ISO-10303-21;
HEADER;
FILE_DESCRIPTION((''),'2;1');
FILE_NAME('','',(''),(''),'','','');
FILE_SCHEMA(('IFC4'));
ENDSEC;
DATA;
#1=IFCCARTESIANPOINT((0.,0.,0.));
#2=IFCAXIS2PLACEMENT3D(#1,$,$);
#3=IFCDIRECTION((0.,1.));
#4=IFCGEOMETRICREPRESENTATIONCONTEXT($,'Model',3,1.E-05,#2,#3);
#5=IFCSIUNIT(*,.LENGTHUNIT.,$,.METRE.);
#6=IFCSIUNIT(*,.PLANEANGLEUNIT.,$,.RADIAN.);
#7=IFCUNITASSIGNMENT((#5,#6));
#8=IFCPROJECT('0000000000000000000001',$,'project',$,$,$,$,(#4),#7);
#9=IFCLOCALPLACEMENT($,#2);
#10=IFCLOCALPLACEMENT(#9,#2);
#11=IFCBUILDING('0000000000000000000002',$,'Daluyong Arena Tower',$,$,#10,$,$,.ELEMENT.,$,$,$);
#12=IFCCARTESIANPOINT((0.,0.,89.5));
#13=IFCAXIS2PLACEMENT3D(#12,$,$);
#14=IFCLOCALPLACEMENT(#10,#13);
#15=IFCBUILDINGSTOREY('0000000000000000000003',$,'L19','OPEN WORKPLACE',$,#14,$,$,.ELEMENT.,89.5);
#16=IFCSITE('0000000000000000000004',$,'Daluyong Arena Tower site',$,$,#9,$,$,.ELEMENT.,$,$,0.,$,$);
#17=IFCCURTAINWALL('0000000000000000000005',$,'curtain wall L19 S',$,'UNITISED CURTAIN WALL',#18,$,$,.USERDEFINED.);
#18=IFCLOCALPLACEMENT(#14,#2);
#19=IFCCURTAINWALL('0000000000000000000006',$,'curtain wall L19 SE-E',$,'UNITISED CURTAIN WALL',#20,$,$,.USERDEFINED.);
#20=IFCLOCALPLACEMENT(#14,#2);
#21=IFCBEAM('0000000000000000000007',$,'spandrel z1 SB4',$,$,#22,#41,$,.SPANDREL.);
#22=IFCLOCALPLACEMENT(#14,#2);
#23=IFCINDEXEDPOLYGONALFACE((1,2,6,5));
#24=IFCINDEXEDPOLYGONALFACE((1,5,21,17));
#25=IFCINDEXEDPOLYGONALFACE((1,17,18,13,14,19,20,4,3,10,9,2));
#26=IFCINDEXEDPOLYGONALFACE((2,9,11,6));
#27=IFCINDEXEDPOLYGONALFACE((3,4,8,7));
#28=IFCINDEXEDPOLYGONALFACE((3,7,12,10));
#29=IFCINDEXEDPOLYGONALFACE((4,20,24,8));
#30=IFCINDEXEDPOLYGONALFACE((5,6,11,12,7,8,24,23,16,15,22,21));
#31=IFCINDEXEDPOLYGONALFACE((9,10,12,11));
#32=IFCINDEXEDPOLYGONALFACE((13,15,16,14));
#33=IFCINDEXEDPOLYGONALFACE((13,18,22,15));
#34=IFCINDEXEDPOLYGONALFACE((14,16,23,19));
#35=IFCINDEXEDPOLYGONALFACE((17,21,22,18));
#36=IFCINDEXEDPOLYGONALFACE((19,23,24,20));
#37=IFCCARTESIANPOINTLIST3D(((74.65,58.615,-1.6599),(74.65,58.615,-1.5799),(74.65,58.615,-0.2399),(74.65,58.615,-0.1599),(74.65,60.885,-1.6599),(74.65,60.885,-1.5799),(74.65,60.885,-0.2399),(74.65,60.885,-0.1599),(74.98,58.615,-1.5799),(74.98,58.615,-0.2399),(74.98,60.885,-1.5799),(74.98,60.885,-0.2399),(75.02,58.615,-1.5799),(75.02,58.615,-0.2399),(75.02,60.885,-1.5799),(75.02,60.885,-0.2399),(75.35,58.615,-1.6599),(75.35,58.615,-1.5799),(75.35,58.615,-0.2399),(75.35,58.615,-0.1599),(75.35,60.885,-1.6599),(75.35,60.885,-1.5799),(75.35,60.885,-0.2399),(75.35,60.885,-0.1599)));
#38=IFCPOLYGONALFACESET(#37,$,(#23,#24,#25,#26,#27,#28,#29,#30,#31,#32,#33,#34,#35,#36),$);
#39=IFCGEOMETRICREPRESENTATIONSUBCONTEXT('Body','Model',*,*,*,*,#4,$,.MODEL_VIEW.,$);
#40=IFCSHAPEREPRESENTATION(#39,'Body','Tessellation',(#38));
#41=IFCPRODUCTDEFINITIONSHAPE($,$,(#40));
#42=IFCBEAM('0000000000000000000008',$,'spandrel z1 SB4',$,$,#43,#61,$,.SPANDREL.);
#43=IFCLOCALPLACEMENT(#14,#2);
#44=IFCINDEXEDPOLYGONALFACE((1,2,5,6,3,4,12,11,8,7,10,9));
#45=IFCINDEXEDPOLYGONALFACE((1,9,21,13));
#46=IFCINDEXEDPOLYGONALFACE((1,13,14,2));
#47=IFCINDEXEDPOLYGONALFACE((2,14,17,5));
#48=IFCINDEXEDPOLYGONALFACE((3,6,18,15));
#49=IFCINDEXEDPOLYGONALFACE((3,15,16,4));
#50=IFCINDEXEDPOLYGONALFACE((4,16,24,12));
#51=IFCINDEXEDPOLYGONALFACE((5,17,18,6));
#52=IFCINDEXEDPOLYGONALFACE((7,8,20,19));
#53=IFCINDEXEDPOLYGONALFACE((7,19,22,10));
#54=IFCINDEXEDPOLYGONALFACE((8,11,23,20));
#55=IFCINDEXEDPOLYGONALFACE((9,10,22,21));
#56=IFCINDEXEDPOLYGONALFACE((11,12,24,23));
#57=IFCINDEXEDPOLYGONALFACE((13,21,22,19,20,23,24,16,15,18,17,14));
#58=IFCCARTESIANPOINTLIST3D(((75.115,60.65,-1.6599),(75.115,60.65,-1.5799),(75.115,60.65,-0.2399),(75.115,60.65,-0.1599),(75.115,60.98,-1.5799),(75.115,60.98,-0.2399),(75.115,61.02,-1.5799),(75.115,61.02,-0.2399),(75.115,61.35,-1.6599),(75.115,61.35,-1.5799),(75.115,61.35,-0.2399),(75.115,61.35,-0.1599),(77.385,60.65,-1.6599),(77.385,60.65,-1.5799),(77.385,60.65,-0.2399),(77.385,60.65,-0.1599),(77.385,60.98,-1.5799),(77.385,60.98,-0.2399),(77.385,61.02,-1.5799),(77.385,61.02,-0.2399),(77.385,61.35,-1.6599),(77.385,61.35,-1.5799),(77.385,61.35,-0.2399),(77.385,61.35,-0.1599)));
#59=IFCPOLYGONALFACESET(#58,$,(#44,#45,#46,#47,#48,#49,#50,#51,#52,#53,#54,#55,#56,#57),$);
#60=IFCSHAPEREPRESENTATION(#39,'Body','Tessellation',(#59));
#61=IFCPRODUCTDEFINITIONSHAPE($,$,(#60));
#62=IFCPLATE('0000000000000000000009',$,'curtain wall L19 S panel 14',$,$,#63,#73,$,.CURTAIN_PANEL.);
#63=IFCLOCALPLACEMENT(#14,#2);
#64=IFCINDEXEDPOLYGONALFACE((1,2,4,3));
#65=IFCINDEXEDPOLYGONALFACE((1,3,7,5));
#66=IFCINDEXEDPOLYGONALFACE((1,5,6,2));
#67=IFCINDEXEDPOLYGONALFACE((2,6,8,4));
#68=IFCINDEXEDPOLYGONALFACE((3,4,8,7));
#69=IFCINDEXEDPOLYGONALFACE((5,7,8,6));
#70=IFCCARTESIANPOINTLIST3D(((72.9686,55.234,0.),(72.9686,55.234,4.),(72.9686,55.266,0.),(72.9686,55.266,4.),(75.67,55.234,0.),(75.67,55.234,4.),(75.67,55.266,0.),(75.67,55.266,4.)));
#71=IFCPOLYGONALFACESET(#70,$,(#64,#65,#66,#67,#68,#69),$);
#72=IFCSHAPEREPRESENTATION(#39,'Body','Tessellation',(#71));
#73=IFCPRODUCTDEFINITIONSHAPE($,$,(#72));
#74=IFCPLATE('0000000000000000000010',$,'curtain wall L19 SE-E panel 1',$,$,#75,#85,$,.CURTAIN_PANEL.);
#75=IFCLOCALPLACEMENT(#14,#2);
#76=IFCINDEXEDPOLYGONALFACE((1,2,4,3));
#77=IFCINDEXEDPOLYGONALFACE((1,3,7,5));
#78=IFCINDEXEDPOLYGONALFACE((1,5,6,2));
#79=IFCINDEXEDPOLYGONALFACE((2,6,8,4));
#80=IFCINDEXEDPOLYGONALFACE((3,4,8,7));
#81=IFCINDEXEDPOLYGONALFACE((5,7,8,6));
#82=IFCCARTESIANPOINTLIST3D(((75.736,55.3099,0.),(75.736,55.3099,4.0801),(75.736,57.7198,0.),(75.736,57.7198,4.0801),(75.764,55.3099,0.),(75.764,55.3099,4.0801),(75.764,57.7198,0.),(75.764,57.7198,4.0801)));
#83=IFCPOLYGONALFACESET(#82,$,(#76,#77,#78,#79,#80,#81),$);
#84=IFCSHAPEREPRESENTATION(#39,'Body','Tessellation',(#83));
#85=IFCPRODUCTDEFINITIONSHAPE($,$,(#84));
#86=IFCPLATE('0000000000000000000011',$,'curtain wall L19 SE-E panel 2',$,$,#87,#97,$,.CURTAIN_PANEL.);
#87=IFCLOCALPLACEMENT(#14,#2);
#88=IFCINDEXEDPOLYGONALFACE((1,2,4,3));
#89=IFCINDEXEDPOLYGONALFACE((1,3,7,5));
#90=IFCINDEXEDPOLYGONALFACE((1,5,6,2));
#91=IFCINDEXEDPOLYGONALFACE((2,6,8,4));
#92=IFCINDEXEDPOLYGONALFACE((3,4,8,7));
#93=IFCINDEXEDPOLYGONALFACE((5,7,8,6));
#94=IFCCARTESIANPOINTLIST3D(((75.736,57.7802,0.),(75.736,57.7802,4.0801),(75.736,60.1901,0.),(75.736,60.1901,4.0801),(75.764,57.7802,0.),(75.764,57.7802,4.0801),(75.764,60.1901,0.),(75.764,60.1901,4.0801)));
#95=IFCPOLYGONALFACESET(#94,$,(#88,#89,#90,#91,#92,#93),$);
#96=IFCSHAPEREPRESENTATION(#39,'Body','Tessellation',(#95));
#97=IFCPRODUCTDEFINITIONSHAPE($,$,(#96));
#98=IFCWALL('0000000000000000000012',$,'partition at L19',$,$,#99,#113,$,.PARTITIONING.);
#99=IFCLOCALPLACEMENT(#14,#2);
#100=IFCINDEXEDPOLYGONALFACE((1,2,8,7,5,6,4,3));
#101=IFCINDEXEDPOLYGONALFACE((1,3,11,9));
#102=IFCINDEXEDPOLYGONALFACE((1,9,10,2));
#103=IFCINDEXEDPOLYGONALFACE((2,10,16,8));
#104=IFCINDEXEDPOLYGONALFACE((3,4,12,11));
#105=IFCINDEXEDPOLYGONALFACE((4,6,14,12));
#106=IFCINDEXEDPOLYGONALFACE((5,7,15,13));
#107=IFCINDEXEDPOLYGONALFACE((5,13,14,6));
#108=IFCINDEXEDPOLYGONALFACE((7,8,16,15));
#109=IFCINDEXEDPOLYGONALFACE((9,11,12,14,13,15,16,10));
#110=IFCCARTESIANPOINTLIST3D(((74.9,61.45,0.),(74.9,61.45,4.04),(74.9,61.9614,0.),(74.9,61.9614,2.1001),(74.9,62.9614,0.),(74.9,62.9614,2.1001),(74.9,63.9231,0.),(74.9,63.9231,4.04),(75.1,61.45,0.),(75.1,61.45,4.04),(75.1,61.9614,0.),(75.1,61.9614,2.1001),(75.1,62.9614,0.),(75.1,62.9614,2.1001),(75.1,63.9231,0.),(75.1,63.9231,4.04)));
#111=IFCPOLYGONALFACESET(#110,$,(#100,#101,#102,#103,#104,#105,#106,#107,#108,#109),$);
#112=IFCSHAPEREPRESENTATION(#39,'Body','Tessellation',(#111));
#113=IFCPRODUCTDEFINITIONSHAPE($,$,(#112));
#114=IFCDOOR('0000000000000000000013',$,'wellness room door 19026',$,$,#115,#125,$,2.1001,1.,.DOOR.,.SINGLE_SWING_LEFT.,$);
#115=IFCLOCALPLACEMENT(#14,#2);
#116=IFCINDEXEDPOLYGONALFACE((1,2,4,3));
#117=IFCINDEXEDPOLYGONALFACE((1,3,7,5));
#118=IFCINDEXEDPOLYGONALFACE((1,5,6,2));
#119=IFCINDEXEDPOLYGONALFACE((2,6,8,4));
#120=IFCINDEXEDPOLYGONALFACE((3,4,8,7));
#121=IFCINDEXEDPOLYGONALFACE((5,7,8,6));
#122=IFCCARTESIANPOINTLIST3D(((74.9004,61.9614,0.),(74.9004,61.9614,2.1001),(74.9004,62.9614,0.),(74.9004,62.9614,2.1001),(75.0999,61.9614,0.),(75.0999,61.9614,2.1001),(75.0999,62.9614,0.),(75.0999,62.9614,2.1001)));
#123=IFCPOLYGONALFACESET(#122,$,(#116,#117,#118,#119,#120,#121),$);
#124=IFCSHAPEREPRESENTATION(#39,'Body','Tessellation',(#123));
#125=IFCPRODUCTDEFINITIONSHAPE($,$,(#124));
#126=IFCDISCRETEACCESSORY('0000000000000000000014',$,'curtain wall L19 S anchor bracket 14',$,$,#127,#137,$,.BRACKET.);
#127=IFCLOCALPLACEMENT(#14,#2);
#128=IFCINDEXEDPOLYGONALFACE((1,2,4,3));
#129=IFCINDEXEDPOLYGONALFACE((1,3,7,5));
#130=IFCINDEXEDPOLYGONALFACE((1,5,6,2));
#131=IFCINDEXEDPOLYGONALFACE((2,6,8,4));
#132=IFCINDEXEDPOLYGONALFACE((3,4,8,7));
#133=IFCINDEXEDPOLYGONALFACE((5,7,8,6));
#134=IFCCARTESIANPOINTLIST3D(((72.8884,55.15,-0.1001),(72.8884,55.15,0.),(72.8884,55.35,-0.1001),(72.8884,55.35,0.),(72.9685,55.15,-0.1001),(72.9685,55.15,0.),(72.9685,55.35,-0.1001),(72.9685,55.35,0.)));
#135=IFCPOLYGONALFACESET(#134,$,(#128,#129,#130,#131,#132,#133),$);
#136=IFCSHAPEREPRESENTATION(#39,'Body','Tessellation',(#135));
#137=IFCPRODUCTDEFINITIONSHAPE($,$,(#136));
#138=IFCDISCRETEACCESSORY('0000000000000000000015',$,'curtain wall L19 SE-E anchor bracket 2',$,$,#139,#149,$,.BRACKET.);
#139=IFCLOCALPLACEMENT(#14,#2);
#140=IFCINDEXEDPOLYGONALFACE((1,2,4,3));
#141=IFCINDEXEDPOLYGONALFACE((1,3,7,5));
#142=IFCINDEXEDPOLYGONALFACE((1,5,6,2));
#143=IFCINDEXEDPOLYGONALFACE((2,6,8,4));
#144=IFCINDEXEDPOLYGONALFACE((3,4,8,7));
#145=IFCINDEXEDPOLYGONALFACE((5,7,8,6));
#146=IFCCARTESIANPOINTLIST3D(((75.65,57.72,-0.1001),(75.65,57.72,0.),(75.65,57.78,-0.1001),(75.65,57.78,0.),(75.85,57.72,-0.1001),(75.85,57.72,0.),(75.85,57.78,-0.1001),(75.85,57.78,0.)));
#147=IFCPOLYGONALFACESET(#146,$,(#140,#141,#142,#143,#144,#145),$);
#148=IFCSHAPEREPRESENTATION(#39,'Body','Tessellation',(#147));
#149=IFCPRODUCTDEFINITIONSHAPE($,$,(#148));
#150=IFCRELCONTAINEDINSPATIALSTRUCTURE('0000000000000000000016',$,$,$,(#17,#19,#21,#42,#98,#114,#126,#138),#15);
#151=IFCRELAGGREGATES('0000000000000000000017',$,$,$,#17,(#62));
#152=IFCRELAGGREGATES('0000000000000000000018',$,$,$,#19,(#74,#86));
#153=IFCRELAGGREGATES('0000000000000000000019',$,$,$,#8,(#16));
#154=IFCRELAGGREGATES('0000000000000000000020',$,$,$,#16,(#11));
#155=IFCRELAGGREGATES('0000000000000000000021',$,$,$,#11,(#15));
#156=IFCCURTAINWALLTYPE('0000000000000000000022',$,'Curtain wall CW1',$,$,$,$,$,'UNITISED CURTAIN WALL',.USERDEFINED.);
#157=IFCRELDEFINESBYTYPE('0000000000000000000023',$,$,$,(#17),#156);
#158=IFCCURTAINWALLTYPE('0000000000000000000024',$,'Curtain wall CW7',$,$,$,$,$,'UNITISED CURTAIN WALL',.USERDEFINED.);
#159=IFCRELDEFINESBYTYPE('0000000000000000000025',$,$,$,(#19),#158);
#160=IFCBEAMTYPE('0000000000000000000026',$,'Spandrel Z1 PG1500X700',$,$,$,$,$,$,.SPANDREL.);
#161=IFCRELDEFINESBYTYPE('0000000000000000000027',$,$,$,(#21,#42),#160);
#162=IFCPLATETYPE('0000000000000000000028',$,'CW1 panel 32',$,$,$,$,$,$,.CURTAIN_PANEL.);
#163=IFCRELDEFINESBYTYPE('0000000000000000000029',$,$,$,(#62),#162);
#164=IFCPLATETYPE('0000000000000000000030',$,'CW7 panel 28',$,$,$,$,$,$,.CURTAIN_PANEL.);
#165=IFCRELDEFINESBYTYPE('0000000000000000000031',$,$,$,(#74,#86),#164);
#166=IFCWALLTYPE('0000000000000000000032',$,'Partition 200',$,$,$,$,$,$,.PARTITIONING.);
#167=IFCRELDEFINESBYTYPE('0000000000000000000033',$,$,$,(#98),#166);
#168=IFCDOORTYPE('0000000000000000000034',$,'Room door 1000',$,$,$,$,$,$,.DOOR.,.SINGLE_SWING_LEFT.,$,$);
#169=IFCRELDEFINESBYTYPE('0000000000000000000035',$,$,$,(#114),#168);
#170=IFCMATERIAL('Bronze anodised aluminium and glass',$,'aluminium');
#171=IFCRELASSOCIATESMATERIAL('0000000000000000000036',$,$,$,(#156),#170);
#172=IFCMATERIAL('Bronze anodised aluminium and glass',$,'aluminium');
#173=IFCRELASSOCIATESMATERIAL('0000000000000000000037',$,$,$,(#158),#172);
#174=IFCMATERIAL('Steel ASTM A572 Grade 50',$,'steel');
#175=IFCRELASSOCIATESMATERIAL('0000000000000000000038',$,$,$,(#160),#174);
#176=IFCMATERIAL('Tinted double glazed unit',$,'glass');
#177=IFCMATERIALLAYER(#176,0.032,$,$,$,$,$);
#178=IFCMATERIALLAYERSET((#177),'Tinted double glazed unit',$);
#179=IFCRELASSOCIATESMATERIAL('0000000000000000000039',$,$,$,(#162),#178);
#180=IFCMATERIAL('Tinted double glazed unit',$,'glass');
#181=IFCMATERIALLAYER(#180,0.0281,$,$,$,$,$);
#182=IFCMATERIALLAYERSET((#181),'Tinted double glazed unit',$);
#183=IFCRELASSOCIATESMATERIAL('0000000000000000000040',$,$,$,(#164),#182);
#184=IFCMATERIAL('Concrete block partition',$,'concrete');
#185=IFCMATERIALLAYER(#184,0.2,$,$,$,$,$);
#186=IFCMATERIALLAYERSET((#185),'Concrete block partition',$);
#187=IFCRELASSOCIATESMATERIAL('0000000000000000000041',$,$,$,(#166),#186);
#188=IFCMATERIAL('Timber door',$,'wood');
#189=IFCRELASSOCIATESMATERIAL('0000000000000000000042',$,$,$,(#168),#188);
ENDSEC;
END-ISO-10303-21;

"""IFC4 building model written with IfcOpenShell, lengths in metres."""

from ifc_helpers import new_model, si_unit, direction, frame, frame_2d, origin, origin_2d, place, context, subcontext, project, spatial, rectangle, i_section, extrude, material, layer, layer_set, material_profile, profile_set, type_object, element, fill, aggregate, save


model = new_model("IFC4")

# Units and contexts
model_context = context("Model", 3, precision=1e-05, world=origin(), true_north=direction((0.0, 1.0)))
body_context = subcontext(model_context, "Body", "Model", "MODEL_VIEW")
ifc_project = project(units=[si_unit("LENGTHUNIT", "METRE"), si_unit("PLANEANGLEUNIT", "RADIAN")], contexts=[model_context])

# Site, building, storey
site_placement = place(None, origin())
site = spatial("IfcSite", under=ifc_project, at=site_placement, Name="Daluyong Arena Tower site", CompositionType="ELEMENT", RefElevation=0.0)
building_placement = place(site_placement, origin())
building = spatial("IfcBuilding", under=site, at=building_placement, Name="Daluyong Arena Tower", CompositionType="ELEMENT")
storey_placement = place(building_placement, frame((0.0, 0.0, 89.5)))
storey = spatial("IfcBuildingStorey", under=building, at=storey_placement, Name="L19", Description="OPEN WORKPLACE", CompositionType="ELEMENT", Elevation=89.5)

# Curtain walls
ifc_material_1 = material(Name="Bronze anodised aluminium and glass", Category="aluminium")
curtain_wall_type_1 = type_object("IfcCurtainWallType", Name="Curtain wall CW1", ElementType="UNITISED CURTAIN WALL", PredefinedType="USERDEFINED", material=ifc_material_1)
curtain_wall_1_placement = place(storey_placement, origin())
curtain_wall_1 = element("IfcCurtainWall", 1, at=curtain_wall_1_placement, inside=storey, type_object=curtain_wall_type_1, Name="curtain wall L19 S", ObjectType="UNITISED CURTAIN WALL", PredefinedType="USERDEFINED")
ifc_material_2 = material(Name="Bronze anodised aluminium and glass", Category="aluminium")
curtain_wall_type_2 = type_object("IfcCurtainWallType", Name="Curtain wall CW7", ElementType="UNITISED CURTAIN WALL", PredefinedType="USERDEFINED", material=ifc_material_2)
curtain_wall_2_placement = place(storey_placement, origin())
curtain_wall_2 = element("IfcCurtainWall", 2, at=curtain_wall_2_placement, inside=storey, type_object=curtain_wall_type_2, Name="curtain wall L19 SE-E", ObjectType="UNITISED CURTAIN WALL", PredefinedType="USERDEFINED")

# Beams
ifc_material_3 = material(Name="Steel ASTM A572 Grade 50", Category="steel")
ifc_material_profile_1 = material_profile(ifc_material_3, i_section(OverallWidth=0.7, OverallDepth=1.5, WebThickness=0.04, FlangeThickness=0.08, at=origin_2d()))
ifc_profile_set_1 = profile_set([ifc_material_profile_1], Name="Steel ASTM A572 Grade 50")
beam_type_1 = type_object("IfcBeamType", Name="Spandrel Z1 PG1500X700", PredefinedType="SPANDREL", material=ifc_profile_set_1)
for number, where, z_axis, x_axis, name in (
    (3, (75.0, 58.615, -0.9099), (0.0, 1.0, 0.0), (-1.0, 0.0, 0.0), "spandrel z1 SB4"),
    (4, (75.115, 61.0, -0.9099), (1.0, 0.0, 0.0), (0.0, 1.0, 0.0), "spandrel z1 SB4"),
):
    element("IfcBeam", number, at=place(storey_placement, frame(where, z_axis=z_axis, x_axis=x_axis)), inside=storey, type_object=beam_type_1, Name=name, PredefinedType="SPANDREL", context=body_context, shape_type="SweptSolid", body=[
        extrude(i_section(OverallWidth=0.7, OverallDepth=1.5, WebThickness=0.04, FlangeThickness=0.08, at=origin_2d()), origin(), (0.0, 0.0, 1.0), 2.27),
    ])

# Plates
ifc_material_4 = material(Name="Tinted double glazed unit", Category="glass")
ifc_layer_1 = layer(ifc_material_4, 0.032)
ifc_layer_set_1 = layer_set([ifc_layer_1], Name="Tinted double glazed unit")
plate_type_1 = type_object("IfcPlateType", Name="CW1 panel 32", PredefinedType="CURTAIN_PANEL", material=ifc_layer_set_1)
plate_1_placement = place(storey_placement, frame((74.3193, 55.25, 0.0), z_axis=(0.0, 0.0, 1.0), x_axis=(1.0, 0.0, 0.0)))
plate_1 = element("IfcPlate", 5, at=plate_1_placement, type_object=plate_type_1, Name="curtain wall L19 S panel 14", PredefinedType="CURTAIN_PANEL", context=body_context, shape_type="SweptSolid", body=[
    extrude(rectangle(XDim=2.7014, YDim=0.032, at=origin_2d()), origin(), (0.0, 0.0, 1.0), 4.0),
])
aggregate(curtain_wall_1, [plate_1])
ifc_material_5 = material(Name="Tinted double glazed unit", Category="glass")
ifc_layer_2 = layer(ifc_material_5, 0.0281)
ifc_layer_set_2 = layer_set([ifc_layer_2], Name="Tinted double glazed unit")
plate_type_2 = type_object("IfcPlateType", Name="CW7 panel 28", PredefinedType="CURTAIN_PANEL", material=ifc_layer_set_2)
plate_2_placement = place(storey_placement, frame((75.75, 56.5149, 0.0), z_axis=(0.0, 0.0, 1.0), x_axis=(0.0, 1.0, 0.0)))
plate_2 = element("IfcPlate", 6, at=plate_2_placement, type_object=plate_type_2, Name="curtain wall L19 SE-E panel 1", PredefinedType="CURTAIN_PANEL", context=body_context, shape_type="SweptSolid", body=[
    extrude(rectangle(XDim=2.4099, YDim=0.0281, at=origin_2d()), origin(), (0.0, 0.0, 1.0), 4.0801),
])
plate_3_placement = place(storey_placement, frame((75.75, 58.9851, 0.0), z_axis=(0.0, 0.0, 1.0), x_axis=(0.0, 1.0, 0.0)))
plate_3 = element("IfcPlate", 7, at=plate_3_placement, type_object=plate_type_2, Name="curtain wall L19 SE-E panel 2", PredefinedType="CURTAIN_PANEL", context=body_context, shape_type="SweptSolid", body=[
    extrude(rectangle(XDim=2.4099, YDim=0.0281, at=origin_2d()), origin(), (0.0, 0.0, 1.0), 4.0801),
])
aggregate(curtain_wall_2, [plate_2, plate_3])

# Wall, opening, door
ifc_material_6 = material(Name="Concrete block partition", Category="concrete")
ifc_layer_3 = layer(ifc_material_6, 0.2)
ifc_layer_set_3 = layer_set([ifc_layer_3], Name="Concrete block partition")
wall_type = type_object("IfcWallType", Name="Partition 200", PredefinedType="PARTITIONING", material=ifc_layer_set_3)
wall_placement = place(storey_placement, frame((75.0, 61.45, 0.0), z_axis=(0.0, 0.0, 1.0), x_axis=(0.0, 1.0, 0.0)))
wall = element("IfcWall", 8, at=wall_placement, inside=storey, type_object=wall_type, Name="partition at L19", PredefinedType="PARTITIONING", context=body_context, shape_type="SweptSolid", body=[
    extrude(rectangle(XDim=2.4731, YDim=0.2, at=frame_2d((1.2366, 0.0))), origin(), (0.0, 0.0, 1.0), 4.04),
])
opening_placement = place(wall_placement, frame((0.5115, 0.0, 0.0)))
opening = element("IfcOpeningElement", 9, at=opening_placement, cuts=wall, PredefinedType="OPENING", context=body_context, shape_type="SweptSolid", body=[
    extrude(rectangle(XDim=1.0, YDim=2.1001, at=frame_2d((0.5, 1.05))), frame((0.0, 0.1099, 0.0), z_axis=(0.0, -1.0, 0.0), x_axis=(1.0, 0.0, 0.0)), (0.0, 0.0, 1.0), 0.22),
])
ifc_material_7 = material(Name="Timber door", Category="wood")
door_type = type_object("IfcDoorType", Name="Room door 1000", OperationType="SINGLE_SWING_LEFT", PredefinedType="DOOR", material=ifc_material_7)
door_placement = place(opening_placement, origin())
door = element("IfcDoor", 10, at=door_placement, inside=storey, type_object=door_type, Name="wellness room door 19026", OperationType="SINGLE_SWING_LEFT", OverallHeight=2.1001, OverallWidth=1.0, PredefinedType="DOOR", context=body_context, shape_type="SweptSolid", body=[
    extrude(rectangle(XDim=1.0, YDim=2.1001, at=frame_2d((0.5, 1.05))), frame((0.0, 0.0996, 0.0), z_axis=(0.0, -1.0, 0.0), x_axis=(1.0, 0.0, 0.0)), (0.0, 0.0, 1.0), 0.1995),
])
fill(opening, door)

# Discrete accessories
discrete_accessory_1_placement = place(storey_placement, frame((72.9285, 55.25, -0.1001), z_axis=(0.0, 0.0, 1.0), x_axis=(1.0, 0.0, 0.0)))
element("IfcDiscreteAccessory", 11, at=discrete_accessory_1_placement, inside=storey, Name="curtain wall L19 S anchor bracket 14", PredefinedType="BRACKET", context=body_context, shape_type="SweptSolid", body=[
    extrude(rectangle(XDim=0.0801, YDim=0.2, at=origin_2d()), origin(), (0.0, 0.0, 1.0), 0.1001),
])
discrete_accessory_2_placement = place(storey_placement, frame((75.75, 57.75, -0.1001), z_axis=(0.0, 0.0, 1.0), x_axis=(0.0, 1.0, 0.0)))
element("IfcDiscreteAccessory", 12, at=discrete_accessory_2_placement, inside=storey, Name="curtain wall L19 SE-E anchor bracket 2", PredefinedType="BRACKET", context=body_context, shape_type="SweptSolid", body=[
    extrude(rectangle(XDim=0.0601, YDim=0.2, at=origin_2d()), origin(), (0.0, 0.0, 1.0), 0.1001),
])

save(model, "model.ifc")
